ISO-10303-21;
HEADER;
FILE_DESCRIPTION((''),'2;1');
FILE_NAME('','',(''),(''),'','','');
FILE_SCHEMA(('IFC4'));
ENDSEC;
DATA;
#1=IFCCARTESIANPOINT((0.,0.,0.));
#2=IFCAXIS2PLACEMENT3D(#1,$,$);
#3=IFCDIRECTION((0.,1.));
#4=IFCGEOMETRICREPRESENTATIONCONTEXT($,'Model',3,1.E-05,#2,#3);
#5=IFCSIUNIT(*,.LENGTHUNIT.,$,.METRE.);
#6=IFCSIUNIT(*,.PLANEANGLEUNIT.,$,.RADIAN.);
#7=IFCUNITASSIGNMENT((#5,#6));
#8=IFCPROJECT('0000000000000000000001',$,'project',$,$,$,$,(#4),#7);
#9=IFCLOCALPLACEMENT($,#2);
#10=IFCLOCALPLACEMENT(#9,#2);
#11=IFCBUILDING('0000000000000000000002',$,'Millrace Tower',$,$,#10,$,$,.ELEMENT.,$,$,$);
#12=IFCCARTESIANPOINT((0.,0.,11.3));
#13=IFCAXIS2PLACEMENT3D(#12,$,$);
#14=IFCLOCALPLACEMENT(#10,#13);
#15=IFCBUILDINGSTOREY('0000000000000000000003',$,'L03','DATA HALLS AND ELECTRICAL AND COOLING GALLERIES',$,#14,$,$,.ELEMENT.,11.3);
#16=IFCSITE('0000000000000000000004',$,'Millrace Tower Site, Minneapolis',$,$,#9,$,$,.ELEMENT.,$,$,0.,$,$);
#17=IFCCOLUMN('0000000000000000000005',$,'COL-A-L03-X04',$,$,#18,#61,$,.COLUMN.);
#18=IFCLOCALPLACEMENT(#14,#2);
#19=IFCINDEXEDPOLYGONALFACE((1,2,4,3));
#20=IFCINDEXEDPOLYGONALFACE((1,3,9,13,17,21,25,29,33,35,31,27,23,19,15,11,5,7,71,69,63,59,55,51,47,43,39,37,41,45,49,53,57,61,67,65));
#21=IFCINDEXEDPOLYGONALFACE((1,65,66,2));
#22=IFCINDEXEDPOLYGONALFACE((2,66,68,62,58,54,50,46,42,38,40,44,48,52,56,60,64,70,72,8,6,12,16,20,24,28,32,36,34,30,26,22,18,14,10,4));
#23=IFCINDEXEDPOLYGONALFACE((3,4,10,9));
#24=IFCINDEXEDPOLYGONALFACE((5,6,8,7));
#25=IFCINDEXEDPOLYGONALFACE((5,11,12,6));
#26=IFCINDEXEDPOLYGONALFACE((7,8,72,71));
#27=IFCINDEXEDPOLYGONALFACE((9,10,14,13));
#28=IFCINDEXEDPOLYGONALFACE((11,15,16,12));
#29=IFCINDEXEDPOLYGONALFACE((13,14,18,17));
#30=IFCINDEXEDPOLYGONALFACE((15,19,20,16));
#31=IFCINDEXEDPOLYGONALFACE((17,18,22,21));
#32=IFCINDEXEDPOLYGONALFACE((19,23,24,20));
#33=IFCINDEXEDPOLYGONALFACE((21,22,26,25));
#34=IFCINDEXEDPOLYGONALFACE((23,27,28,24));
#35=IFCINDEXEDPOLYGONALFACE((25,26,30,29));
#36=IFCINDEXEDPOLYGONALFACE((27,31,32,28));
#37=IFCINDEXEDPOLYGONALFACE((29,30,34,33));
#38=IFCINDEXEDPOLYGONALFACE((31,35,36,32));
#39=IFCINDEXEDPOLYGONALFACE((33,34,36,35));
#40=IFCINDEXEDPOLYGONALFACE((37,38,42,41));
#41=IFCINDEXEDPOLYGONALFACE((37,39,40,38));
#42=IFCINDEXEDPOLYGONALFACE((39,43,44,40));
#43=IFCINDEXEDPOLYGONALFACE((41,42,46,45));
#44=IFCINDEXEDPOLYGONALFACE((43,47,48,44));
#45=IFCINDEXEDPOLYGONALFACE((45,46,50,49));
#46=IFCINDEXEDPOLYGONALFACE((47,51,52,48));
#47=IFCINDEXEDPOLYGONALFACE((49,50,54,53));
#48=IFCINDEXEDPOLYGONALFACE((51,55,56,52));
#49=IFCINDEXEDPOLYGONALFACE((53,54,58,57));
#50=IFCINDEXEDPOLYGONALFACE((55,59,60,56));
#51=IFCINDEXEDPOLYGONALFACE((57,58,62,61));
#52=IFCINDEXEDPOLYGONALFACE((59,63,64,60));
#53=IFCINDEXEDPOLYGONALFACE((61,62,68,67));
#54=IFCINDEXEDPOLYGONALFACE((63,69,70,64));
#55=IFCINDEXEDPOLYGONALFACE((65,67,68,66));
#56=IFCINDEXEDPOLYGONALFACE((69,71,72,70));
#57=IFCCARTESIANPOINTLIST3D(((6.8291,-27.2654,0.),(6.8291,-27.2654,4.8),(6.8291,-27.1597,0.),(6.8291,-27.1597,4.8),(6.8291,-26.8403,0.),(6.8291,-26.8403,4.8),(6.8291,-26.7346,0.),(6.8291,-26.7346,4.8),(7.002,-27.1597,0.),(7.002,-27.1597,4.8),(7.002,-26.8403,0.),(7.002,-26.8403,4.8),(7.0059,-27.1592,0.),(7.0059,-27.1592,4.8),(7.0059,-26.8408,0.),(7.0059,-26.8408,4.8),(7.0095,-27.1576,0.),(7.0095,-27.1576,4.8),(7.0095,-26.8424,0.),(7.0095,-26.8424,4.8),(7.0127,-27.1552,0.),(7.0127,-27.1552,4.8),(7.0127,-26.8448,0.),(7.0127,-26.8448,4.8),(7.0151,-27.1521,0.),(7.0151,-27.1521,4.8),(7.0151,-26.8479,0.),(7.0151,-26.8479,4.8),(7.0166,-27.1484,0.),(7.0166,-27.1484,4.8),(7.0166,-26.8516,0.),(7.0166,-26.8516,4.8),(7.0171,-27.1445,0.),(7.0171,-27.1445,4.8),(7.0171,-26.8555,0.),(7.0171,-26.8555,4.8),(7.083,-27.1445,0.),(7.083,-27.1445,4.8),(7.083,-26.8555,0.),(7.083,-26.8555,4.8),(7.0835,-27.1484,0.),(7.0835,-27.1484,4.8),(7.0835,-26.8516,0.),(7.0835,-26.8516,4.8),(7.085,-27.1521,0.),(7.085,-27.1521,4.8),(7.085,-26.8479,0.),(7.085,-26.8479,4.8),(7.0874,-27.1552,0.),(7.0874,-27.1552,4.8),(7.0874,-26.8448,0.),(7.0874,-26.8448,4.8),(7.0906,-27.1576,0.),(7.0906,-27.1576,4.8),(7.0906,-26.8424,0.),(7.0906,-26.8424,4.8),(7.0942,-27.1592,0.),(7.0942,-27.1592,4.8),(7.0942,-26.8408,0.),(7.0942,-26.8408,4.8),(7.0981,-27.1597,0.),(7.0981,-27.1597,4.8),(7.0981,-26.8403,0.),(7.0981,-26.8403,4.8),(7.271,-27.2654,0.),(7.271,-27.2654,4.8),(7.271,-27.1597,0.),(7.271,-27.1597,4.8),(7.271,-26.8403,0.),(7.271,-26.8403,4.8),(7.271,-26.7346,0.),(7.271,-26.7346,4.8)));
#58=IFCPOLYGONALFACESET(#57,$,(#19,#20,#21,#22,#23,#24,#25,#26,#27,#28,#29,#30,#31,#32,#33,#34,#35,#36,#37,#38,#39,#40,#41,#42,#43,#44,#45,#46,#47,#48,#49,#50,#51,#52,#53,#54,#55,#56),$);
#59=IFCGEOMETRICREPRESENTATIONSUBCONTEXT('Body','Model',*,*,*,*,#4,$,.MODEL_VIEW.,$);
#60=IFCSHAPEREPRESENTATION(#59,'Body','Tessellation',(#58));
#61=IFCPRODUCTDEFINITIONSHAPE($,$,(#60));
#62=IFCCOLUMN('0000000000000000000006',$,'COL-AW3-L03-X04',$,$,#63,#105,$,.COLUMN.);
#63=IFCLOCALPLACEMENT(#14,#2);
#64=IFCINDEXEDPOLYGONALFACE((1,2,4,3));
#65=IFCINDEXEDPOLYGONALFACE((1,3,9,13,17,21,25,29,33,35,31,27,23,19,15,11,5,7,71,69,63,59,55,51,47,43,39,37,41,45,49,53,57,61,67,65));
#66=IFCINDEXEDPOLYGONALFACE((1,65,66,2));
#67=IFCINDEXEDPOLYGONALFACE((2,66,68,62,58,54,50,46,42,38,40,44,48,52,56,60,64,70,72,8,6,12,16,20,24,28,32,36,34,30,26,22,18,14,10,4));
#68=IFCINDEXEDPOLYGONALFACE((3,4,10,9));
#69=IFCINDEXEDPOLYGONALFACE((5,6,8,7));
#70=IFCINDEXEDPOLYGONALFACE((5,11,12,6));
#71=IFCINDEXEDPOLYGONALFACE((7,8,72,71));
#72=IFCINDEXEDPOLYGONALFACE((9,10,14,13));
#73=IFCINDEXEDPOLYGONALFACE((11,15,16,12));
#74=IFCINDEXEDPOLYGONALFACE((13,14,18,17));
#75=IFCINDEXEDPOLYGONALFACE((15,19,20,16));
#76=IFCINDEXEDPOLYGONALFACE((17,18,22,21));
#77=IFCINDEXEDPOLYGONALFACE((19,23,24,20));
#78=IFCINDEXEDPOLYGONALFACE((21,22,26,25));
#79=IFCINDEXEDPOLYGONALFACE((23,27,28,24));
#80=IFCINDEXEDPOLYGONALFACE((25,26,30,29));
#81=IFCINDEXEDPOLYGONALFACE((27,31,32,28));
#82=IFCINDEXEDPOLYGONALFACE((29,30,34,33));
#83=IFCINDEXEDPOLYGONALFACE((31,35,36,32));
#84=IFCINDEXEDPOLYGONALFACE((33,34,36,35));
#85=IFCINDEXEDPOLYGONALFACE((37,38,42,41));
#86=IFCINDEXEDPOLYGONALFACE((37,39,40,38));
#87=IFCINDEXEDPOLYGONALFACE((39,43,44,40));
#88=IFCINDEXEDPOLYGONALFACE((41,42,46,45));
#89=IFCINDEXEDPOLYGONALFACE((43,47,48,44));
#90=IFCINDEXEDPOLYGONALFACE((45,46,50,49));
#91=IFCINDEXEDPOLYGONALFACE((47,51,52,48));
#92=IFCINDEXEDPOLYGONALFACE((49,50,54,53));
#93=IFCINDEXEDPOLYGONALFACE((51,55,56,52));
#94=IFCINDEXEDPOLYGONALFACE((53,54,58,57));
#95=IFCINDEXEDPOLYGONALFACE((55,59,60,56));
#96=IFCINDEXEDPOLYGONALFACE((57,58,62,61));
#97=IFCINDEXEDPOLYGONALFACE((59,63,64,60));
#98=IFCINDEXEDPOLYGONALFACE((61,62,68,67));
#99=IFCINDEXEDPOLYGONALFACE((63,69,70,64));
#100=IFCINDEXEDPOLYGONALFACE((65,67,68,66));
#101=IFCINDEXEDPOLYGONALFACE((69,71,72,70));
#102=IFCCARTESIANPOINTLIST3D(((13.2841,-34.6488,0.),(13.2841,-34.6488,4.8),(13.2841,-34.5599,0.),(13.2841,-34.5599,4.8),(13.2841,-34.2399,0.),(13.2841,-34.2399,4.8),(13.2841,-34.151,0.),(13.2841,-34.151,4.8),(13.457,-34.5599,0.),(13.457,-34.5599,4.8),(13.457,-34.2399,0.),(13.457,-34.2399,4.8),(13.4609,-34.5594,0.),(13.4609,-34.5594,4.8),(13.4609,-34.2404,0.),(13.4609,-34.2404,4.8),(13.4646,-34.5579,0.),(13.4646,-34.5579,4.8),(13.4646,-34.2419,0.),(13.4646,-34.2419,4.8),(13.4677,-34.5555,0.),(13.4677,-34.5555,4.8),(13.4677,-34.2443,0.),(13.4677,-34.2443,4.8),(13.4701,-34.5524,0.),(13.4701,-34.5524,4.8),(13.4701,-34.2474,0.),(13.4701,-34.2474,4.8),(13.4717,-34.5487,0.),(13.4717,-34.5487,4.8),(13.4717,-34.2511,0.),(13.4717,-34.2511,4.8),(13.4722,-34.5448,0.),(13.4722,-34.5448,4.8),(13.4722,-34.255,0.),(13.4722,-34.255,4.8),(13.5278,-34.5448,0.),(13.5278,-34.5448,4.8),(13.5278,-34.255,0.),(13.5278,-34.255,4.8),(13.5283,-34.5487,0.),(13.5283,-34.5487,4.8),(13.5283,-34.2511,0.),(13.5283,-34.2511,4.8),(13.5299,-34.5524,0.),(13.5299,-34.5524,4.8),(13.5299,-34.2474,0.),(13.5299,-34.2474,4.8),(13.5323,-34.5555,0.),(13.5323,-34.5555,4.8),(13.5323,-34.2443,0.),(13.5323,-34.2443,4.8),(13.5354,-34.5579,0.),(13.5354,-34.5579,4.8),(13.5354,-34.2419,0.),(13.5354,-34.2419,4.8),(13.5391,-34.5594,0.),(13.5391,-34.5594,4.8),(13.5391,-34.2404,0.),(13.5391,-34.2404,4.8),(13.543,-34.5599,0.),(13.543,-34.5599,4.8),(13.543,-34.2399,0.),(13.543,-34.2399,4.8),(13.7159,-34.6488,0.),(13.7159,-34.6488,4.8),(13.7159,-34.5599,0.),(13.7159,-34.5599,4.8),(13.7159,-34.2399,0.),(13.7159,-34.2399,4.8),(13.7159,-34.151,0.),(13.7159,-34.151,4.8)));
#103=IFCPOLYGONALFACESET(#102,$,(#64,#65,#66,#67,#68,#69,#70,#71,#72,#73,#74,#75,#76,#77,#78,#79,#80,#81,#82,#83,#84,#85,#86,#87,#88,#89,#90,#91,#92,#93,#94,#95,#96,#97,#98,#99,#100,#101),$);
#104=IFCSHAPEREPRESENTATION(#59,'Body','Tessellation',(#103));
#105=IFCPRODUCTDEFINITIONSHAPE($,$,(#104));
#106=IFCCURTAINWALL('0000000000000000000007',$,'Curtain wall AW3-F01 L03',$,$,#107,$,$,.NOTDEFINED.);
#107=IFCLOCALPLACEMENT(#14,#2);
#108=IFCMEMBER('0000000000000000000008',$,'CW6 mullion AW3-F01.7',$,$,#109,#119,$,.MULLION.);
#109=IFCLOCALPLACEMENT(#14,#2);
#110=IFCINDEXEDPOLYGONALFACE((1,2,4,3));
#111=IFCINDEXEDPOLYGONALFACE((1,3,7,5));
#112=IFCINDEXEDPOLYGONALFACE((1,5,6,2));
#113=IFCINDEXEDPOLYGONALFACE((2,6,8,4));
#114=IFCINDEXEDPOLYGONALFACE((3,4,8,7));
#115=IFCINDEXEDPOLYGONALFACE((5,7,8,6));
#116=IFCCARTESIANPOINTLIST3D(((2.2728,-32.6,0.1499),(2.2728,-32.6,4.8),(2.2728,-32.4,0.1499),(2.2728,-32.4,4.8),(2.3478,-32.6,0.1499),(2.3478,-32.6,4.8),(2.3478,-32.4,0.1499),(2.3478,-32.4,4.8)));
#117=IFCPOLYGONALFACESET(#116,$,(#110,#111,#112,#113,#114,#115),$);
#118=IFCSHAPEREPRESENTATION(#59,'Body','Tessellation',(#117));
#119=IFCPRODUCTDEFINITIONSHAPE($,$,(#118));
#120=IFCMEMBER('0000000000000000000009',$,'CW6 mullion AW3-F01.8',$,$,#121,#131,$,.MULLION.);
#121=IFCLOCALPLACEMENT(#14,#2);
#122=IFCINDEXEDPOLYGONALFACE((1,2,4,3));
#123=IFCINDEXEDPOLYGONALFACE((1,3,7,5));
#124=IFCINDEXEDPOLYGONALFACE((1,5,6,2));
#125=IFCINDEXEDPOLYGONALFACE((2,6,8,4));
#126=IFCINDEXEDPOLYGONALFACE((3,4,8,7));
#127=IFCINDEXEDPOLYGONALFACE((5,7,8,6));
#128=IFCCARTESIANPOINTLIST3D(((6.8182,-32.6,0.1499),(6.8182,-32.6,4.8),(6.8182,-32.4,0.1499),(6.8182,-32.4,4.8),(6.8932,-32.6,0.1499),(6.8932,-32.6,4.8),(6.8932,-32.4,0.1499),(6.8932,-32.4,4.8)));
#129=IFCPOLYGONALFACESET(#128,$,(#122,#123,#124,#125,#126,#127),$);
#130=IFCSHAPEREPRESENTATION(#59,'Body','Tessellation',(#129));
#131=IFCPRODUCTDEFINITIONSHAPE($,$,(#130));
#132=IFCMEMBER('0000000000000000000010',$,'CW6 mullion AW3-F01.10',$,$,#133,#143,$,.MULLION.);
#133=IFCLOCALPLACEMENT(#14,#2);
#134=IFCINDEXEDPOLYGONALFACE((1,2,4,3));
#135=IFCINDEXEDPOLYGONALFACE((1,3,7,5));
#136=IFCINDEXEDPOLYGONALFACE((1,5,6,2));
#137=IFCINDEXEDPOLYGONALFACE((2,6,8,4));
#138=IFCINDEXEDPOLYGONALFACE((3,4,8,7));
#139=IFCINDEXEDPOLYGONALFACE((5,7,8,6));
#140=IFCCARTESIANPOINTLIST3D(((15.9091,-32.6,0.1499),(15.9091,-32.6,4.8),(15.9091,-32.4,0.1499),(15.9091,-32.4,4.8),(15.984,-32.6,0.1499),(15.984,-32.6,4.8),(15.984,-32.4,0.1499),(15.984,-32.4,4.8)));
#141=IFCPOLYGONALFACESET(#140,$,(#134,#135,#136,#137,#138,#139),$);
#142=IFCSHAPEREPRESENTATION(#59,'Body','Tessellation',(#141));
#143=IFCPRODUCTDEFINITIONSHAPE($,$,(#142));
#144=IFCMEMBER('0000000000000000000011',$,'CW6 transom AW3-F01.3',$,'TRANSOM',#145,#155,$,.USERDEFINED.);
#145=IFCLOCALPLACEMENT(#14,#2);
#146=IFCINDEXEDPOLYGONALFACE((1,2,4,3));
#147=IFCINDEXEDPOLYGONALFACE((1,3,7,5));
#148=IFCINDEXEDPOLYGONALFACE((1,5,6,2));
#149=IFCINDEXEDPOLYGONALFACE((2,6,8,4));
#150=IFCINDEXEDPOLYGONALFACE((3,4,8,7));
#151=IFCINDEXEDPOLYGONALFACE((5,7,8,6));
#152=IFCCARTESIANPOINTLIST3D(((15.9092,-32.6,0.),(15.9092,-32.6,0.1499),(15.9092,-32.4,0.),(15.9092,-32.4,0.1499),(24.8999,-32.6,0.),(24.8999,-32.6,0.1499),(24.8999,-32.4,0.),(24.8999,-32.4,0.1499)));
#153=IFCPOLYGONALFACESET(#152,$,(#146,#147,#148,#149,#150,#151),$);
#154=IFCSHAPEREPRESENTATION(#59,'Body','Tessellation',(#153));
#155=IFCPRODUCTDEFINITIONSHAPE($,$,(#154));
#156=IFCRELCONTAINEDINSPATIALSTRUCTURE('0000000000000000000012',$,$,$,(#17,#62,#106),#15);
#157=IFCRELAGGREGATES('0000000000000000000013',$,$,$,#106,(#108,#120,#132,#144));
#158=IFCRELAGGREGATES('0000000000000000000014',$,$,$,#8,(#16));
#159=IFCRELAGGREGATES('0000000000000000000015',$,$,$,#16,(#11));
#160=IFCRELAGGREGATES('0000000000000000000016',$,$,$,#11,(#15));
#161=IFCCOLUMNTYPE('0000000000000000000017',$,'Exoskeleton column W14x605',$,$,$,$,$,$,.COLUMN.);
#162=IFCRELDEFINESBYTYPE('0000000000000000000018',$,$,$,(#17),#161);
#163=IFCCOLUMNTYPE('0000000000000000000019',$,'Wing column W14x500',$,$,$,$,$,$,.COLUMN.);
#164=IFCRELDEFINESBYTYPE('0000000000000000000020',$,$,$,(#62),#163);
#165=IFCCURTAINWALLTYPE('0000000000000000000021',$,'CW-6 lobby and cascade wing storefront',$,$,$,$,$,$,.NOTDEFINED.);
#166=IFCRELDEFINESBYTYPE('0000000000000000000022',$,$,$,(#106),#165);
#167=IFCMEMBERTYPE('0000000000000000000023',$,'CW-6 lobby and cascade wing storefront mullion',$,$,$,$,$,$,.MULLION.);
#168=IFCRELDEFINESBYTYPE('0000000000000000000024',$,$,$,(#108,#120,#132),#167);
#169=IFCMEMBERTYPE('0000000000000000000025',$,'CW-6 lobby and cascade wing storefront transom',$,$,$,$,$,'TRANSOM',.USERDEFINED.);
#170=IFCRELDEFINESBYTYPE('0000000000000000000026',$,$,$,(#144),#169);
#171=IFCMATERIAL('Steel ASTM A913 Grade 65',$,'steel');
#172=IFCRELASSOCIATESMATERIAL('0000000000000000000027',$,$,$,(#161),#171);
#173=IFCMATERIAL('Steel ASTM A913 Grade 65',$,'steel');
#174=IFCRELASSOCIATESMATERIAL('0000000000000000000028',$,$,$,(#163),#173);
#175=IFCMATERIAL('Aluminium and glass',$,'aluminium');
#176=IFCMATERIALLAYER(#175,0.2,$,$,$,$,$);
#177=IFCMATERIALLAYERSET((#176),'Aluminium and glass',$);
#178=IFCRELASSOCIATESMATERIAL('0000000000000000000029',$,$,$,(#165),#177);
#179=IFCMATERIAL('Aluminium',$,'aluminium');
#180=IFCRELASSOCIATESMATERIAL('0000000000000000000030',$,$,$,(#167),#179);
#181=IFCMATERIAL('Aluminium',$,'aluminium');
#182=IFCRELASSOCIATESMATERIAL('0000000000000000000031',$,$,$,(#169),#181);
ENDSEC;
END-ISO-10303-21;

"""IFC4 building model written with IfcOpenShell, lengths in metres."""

from ifc_helpers import new_model, si_unit, direction, frame, origin, origin_2d, place, context, subcontext, project, spatial, rectangle, i_section, extrude, material, layer, layer_set, material_profile, profile_set, type_object, element, aggregate, save


model = new_model("IFC4")

# Units and contexts
model_context = context("Model", 3, precision=1e-05, world=origin(), true_north=direction((0.0, 1.0)))
body_context = subcontext(model_context, "Body", "Model", "MODEL_VIEW")
ifc_project = project(units=[si_unit("LENGTHUNIT", "METRE"), si_unit("PLANEANGLEUNIT", "RADIAN")], contexts=[model_context])

# Site, building, storey
site_placement = place(None, origin())
site = spatial("IfcSite", under=ifc_project, at=site_placement, Name="Millrace Tower Site, Minneapolis", CompositionType="ELEMENT", RefElevation=0.0)
building_placement = place(site_placement, origin())
building = spatial("IfcBuilding", under=site, at=building_placement, Name="Millrace Tower", CompositionType="ELEMENT")
storey_placement = place(building_placement, frame((0.0, 0.0, 11.3)))
storey = spatial("IfcBuildingStorey", under=building, at=storey_placement, Name="L03", Description="DATA HALLS AND ELECTRICAL AND COOLING GALLERIES", CompositionType="ELEMENT", Elevation=11.3)

# Columns
ifc_material_1 = material(Name="Steel ASTM A913 Grade 65", Category="steel")
ifc_material_profile_1 = material_profile(ifc_material_1, i_section(OverallWidth=0.4419, OverallDepth=0.5308, WebThickness=0.0659, FlangeThickness=0.1057, FilletRadius=0.0151, at=origin_2d()))
ifc_profile_set_1 = profile_set([ifc_material_profile_1], Name="Steel ASTM A913 Grade 65")
column_type_1 = type_object("IfcColumnType", Name="Exoskeleton column W14x605", PredefinedType="COLUMN", material=ifc_profile_set_1)
column_1_placement = place(storey_placement, frame((7.05, -27.0, 0.0), z_axis=(0.0, 0.0, 1.0), x_axis=(1.0, 0.0, 0.0)))
element("IfcColumn", 1, at=column_1_placement, inside=storey, type_object=column_type_1, Name="COL-A-L03-X04", PredefinedType="COLUMN", context=body_context, shape_type="SweptSolid", body=[
    extrude(i_section(OverallWidth=0.4419, OverallDepth=0.5308, WebThickness=0.0659, FlangeThickness=0.1057, FilletRadius=0.0151, at=origin_2d()), origin(), (0.0, 0.0, 1.0), 4.8),
])
ifc_material_2 = material(Name="Steel ASTM A913 Grade 65", Category="steel")
ifc_material_profile_2 = material_profile(ifc_material_2, i_section(OverallWidth=0.4319, OverallDepth=0.4978, WebThickness=0.0557, FlangeThickness=0.0889, FilletRadius=0.0151, at=origin_2d()))
ifc_profile_set_2 = profile_set([ifc_material_profile_2], Name="Steel ASTM A913 Grade 65")
column_type_2 = type_object("IfcColumnType", Name="Wing column W14x500", PredefinedType="COLUMN", material=ifc_profile_set_2)
column_2_placement = place(storey_placement, frame((13.5, -34.3999, 0.0), z_axis=(0.0, 0.0, 1.0), x_axis=(1.0, 0.0, 0.0)))
element("IfcColumn", 2, at=column_2_placement, inside=storey, type_object=column_type_2, Name="COL-AW3-L03-X04", PredefinedType="COLUMN", context=body_context, shape_type="SweptSolid", body=[
    extrude(i_section(OverallWidth=0.4319, OverallDepth=0.4978, WebThickness=0.0557, FlangeThickness=0.0889, FilletRadius=0.0151, at=origin_2d()), origin(), (0.0, 0.0, 1.0), 4.8),
])

# Curtain wall, members
ifc_material_3 = material(Name="Aluminium and glass", Category="aluminium")
ifc_layer_1 = layer(ifc_material_3, 0.2)
ifc_layer_set_1 = layer_set([ifc_layer_1], Name="Aluminium and glass")
curtain_wall_type = type_object("IfcCurtainWallType", Name="CW-6 lobby and cascade wing storefront", PredefinedType="NOTDEFINED", material=ifc_layer_set_1)
curtain_wall_placement = place(storey_placement, origin())
curtain_wall = element("IfcCurtainWall", 3, at=curtain_wall_placement, inside=storey, type_object=curtain_wall_type, Name="Curtain wall AW3-F01 L03", PredefinedType="NOTDEFINED")
ifc_material_4 = material(Name="Aluminium", Category="aluminium")
ifc_material_profile_3 = material_profile(ifc_material_4, rectangle(XDim=0.075, YDim=0.2, at=origin_2d()))
ifc_profile_set_3 = profile_set([ifc_material_profile_3], Name="Aluminium")
member_type_1 = type_object("IfcMemberType", Name="CW-6 lobby and cascade wing storefront mullion", PredefinedType="MULLION", material=ifc_profile_set_3)
member_1_placement = place(storey_placement, frame((2.3103, -32.5, 0.1499), z_axis=(0.0, 0.0, 1.0), x_axis=(1.0, 0.0, 0.0)))
member_1 = element("IfcMember", 4, at=member_1_placement, type_object=member_type_1, Name="CW6 mullion AW3-F01.7", PredefinedType="MULLION", context=body_context, shape_type="SweptSolid", body=[
    extrude(rectangle(XDim=0.075, YDim=0.2, at=origin_2d()), origin(), (0.0, 0.0, 1.0), 4.6501),
])
member_2_placement = place(storey_placement, frame((6.8557, -32.5, 0.1499), z_axis=(0.0, 0.0, 1.0), x_axis=(1.0, 0.0, 0.0)))
member_2 = element("IfcMember", 5, at=member_2_placement, type_object=member_type_1, Name="CW6 mullion AW3-F01.8", PredefinedType="MULLION", context=body_context, shape_type="SweptSolid", body=[
    extrude(rectangle(XDim=0.075, YDim=0.2, at=origin_2d()), origin(), (0.0, 0.0, 1.0), 4.6501),
])
member_3_placement = place(storey_placement, frame((15.9465, -32.5, 0.1499), z_axis=(0.0, 0.0, 1.0), x_axis=(1.0, 0.0, 0.0)))
member_3 = element("IfcMember", 6, at=member_3_placement, type_object=member_type_1, Name="CW6 mullion AW3-F01.10", PredefinedType="MULLION", context=body_context, shape_type="SweptSolid", body=[
    extrude(rectangle(XDim=0.075, YDim=0.2, at=origin_2d()), origin(), (0.0, 0.0, 1.0), 4.6501),
])
ifc_material_5 = material(Name="Aluminium", Category="aluminium")
ifc_material_profile_4 = material_profile(ifc_material_5, rectangle(XDim=0.2, YDim=0.1499, at=origin_2d()))
ifc_profile_set_4 = profile_set([ifc_material_profile_4], Name="Aluminium")
member_type_2 = type_object("IfcMemberType", Name="CW-6 lobby and cascade wing storefront transom", ElementType="TRANSOM", PredefinedType="USERDEFINED", material=ifc_profile_set_4)
member_4_placement = place(storey_placement, frame((15.9092, -32.5, 0.075), z_axis=(1.0, 0.0, 0.0), x_axis=(0.0, 1.0, 0.0)))
member_4 = element("IfcMember", 7, at=member_4_placement, type_object=member_type_2, Name="CW6 transom AW3-F01.3", ObjectType="TRANSOM", PredefinedType="USERDEFINED", context=body_context, shape_type="SweptSolid", body=[
    extrude(rectangle(XDim=0.2, YDim=0.1499, at=origin_2d()), origin(), (0.0, 0.0, 1.0), 8.9907),
])
aggregate(curtain_wall, [member_1, member_2, member_3, member_4])

save(model, "model.ifc")
